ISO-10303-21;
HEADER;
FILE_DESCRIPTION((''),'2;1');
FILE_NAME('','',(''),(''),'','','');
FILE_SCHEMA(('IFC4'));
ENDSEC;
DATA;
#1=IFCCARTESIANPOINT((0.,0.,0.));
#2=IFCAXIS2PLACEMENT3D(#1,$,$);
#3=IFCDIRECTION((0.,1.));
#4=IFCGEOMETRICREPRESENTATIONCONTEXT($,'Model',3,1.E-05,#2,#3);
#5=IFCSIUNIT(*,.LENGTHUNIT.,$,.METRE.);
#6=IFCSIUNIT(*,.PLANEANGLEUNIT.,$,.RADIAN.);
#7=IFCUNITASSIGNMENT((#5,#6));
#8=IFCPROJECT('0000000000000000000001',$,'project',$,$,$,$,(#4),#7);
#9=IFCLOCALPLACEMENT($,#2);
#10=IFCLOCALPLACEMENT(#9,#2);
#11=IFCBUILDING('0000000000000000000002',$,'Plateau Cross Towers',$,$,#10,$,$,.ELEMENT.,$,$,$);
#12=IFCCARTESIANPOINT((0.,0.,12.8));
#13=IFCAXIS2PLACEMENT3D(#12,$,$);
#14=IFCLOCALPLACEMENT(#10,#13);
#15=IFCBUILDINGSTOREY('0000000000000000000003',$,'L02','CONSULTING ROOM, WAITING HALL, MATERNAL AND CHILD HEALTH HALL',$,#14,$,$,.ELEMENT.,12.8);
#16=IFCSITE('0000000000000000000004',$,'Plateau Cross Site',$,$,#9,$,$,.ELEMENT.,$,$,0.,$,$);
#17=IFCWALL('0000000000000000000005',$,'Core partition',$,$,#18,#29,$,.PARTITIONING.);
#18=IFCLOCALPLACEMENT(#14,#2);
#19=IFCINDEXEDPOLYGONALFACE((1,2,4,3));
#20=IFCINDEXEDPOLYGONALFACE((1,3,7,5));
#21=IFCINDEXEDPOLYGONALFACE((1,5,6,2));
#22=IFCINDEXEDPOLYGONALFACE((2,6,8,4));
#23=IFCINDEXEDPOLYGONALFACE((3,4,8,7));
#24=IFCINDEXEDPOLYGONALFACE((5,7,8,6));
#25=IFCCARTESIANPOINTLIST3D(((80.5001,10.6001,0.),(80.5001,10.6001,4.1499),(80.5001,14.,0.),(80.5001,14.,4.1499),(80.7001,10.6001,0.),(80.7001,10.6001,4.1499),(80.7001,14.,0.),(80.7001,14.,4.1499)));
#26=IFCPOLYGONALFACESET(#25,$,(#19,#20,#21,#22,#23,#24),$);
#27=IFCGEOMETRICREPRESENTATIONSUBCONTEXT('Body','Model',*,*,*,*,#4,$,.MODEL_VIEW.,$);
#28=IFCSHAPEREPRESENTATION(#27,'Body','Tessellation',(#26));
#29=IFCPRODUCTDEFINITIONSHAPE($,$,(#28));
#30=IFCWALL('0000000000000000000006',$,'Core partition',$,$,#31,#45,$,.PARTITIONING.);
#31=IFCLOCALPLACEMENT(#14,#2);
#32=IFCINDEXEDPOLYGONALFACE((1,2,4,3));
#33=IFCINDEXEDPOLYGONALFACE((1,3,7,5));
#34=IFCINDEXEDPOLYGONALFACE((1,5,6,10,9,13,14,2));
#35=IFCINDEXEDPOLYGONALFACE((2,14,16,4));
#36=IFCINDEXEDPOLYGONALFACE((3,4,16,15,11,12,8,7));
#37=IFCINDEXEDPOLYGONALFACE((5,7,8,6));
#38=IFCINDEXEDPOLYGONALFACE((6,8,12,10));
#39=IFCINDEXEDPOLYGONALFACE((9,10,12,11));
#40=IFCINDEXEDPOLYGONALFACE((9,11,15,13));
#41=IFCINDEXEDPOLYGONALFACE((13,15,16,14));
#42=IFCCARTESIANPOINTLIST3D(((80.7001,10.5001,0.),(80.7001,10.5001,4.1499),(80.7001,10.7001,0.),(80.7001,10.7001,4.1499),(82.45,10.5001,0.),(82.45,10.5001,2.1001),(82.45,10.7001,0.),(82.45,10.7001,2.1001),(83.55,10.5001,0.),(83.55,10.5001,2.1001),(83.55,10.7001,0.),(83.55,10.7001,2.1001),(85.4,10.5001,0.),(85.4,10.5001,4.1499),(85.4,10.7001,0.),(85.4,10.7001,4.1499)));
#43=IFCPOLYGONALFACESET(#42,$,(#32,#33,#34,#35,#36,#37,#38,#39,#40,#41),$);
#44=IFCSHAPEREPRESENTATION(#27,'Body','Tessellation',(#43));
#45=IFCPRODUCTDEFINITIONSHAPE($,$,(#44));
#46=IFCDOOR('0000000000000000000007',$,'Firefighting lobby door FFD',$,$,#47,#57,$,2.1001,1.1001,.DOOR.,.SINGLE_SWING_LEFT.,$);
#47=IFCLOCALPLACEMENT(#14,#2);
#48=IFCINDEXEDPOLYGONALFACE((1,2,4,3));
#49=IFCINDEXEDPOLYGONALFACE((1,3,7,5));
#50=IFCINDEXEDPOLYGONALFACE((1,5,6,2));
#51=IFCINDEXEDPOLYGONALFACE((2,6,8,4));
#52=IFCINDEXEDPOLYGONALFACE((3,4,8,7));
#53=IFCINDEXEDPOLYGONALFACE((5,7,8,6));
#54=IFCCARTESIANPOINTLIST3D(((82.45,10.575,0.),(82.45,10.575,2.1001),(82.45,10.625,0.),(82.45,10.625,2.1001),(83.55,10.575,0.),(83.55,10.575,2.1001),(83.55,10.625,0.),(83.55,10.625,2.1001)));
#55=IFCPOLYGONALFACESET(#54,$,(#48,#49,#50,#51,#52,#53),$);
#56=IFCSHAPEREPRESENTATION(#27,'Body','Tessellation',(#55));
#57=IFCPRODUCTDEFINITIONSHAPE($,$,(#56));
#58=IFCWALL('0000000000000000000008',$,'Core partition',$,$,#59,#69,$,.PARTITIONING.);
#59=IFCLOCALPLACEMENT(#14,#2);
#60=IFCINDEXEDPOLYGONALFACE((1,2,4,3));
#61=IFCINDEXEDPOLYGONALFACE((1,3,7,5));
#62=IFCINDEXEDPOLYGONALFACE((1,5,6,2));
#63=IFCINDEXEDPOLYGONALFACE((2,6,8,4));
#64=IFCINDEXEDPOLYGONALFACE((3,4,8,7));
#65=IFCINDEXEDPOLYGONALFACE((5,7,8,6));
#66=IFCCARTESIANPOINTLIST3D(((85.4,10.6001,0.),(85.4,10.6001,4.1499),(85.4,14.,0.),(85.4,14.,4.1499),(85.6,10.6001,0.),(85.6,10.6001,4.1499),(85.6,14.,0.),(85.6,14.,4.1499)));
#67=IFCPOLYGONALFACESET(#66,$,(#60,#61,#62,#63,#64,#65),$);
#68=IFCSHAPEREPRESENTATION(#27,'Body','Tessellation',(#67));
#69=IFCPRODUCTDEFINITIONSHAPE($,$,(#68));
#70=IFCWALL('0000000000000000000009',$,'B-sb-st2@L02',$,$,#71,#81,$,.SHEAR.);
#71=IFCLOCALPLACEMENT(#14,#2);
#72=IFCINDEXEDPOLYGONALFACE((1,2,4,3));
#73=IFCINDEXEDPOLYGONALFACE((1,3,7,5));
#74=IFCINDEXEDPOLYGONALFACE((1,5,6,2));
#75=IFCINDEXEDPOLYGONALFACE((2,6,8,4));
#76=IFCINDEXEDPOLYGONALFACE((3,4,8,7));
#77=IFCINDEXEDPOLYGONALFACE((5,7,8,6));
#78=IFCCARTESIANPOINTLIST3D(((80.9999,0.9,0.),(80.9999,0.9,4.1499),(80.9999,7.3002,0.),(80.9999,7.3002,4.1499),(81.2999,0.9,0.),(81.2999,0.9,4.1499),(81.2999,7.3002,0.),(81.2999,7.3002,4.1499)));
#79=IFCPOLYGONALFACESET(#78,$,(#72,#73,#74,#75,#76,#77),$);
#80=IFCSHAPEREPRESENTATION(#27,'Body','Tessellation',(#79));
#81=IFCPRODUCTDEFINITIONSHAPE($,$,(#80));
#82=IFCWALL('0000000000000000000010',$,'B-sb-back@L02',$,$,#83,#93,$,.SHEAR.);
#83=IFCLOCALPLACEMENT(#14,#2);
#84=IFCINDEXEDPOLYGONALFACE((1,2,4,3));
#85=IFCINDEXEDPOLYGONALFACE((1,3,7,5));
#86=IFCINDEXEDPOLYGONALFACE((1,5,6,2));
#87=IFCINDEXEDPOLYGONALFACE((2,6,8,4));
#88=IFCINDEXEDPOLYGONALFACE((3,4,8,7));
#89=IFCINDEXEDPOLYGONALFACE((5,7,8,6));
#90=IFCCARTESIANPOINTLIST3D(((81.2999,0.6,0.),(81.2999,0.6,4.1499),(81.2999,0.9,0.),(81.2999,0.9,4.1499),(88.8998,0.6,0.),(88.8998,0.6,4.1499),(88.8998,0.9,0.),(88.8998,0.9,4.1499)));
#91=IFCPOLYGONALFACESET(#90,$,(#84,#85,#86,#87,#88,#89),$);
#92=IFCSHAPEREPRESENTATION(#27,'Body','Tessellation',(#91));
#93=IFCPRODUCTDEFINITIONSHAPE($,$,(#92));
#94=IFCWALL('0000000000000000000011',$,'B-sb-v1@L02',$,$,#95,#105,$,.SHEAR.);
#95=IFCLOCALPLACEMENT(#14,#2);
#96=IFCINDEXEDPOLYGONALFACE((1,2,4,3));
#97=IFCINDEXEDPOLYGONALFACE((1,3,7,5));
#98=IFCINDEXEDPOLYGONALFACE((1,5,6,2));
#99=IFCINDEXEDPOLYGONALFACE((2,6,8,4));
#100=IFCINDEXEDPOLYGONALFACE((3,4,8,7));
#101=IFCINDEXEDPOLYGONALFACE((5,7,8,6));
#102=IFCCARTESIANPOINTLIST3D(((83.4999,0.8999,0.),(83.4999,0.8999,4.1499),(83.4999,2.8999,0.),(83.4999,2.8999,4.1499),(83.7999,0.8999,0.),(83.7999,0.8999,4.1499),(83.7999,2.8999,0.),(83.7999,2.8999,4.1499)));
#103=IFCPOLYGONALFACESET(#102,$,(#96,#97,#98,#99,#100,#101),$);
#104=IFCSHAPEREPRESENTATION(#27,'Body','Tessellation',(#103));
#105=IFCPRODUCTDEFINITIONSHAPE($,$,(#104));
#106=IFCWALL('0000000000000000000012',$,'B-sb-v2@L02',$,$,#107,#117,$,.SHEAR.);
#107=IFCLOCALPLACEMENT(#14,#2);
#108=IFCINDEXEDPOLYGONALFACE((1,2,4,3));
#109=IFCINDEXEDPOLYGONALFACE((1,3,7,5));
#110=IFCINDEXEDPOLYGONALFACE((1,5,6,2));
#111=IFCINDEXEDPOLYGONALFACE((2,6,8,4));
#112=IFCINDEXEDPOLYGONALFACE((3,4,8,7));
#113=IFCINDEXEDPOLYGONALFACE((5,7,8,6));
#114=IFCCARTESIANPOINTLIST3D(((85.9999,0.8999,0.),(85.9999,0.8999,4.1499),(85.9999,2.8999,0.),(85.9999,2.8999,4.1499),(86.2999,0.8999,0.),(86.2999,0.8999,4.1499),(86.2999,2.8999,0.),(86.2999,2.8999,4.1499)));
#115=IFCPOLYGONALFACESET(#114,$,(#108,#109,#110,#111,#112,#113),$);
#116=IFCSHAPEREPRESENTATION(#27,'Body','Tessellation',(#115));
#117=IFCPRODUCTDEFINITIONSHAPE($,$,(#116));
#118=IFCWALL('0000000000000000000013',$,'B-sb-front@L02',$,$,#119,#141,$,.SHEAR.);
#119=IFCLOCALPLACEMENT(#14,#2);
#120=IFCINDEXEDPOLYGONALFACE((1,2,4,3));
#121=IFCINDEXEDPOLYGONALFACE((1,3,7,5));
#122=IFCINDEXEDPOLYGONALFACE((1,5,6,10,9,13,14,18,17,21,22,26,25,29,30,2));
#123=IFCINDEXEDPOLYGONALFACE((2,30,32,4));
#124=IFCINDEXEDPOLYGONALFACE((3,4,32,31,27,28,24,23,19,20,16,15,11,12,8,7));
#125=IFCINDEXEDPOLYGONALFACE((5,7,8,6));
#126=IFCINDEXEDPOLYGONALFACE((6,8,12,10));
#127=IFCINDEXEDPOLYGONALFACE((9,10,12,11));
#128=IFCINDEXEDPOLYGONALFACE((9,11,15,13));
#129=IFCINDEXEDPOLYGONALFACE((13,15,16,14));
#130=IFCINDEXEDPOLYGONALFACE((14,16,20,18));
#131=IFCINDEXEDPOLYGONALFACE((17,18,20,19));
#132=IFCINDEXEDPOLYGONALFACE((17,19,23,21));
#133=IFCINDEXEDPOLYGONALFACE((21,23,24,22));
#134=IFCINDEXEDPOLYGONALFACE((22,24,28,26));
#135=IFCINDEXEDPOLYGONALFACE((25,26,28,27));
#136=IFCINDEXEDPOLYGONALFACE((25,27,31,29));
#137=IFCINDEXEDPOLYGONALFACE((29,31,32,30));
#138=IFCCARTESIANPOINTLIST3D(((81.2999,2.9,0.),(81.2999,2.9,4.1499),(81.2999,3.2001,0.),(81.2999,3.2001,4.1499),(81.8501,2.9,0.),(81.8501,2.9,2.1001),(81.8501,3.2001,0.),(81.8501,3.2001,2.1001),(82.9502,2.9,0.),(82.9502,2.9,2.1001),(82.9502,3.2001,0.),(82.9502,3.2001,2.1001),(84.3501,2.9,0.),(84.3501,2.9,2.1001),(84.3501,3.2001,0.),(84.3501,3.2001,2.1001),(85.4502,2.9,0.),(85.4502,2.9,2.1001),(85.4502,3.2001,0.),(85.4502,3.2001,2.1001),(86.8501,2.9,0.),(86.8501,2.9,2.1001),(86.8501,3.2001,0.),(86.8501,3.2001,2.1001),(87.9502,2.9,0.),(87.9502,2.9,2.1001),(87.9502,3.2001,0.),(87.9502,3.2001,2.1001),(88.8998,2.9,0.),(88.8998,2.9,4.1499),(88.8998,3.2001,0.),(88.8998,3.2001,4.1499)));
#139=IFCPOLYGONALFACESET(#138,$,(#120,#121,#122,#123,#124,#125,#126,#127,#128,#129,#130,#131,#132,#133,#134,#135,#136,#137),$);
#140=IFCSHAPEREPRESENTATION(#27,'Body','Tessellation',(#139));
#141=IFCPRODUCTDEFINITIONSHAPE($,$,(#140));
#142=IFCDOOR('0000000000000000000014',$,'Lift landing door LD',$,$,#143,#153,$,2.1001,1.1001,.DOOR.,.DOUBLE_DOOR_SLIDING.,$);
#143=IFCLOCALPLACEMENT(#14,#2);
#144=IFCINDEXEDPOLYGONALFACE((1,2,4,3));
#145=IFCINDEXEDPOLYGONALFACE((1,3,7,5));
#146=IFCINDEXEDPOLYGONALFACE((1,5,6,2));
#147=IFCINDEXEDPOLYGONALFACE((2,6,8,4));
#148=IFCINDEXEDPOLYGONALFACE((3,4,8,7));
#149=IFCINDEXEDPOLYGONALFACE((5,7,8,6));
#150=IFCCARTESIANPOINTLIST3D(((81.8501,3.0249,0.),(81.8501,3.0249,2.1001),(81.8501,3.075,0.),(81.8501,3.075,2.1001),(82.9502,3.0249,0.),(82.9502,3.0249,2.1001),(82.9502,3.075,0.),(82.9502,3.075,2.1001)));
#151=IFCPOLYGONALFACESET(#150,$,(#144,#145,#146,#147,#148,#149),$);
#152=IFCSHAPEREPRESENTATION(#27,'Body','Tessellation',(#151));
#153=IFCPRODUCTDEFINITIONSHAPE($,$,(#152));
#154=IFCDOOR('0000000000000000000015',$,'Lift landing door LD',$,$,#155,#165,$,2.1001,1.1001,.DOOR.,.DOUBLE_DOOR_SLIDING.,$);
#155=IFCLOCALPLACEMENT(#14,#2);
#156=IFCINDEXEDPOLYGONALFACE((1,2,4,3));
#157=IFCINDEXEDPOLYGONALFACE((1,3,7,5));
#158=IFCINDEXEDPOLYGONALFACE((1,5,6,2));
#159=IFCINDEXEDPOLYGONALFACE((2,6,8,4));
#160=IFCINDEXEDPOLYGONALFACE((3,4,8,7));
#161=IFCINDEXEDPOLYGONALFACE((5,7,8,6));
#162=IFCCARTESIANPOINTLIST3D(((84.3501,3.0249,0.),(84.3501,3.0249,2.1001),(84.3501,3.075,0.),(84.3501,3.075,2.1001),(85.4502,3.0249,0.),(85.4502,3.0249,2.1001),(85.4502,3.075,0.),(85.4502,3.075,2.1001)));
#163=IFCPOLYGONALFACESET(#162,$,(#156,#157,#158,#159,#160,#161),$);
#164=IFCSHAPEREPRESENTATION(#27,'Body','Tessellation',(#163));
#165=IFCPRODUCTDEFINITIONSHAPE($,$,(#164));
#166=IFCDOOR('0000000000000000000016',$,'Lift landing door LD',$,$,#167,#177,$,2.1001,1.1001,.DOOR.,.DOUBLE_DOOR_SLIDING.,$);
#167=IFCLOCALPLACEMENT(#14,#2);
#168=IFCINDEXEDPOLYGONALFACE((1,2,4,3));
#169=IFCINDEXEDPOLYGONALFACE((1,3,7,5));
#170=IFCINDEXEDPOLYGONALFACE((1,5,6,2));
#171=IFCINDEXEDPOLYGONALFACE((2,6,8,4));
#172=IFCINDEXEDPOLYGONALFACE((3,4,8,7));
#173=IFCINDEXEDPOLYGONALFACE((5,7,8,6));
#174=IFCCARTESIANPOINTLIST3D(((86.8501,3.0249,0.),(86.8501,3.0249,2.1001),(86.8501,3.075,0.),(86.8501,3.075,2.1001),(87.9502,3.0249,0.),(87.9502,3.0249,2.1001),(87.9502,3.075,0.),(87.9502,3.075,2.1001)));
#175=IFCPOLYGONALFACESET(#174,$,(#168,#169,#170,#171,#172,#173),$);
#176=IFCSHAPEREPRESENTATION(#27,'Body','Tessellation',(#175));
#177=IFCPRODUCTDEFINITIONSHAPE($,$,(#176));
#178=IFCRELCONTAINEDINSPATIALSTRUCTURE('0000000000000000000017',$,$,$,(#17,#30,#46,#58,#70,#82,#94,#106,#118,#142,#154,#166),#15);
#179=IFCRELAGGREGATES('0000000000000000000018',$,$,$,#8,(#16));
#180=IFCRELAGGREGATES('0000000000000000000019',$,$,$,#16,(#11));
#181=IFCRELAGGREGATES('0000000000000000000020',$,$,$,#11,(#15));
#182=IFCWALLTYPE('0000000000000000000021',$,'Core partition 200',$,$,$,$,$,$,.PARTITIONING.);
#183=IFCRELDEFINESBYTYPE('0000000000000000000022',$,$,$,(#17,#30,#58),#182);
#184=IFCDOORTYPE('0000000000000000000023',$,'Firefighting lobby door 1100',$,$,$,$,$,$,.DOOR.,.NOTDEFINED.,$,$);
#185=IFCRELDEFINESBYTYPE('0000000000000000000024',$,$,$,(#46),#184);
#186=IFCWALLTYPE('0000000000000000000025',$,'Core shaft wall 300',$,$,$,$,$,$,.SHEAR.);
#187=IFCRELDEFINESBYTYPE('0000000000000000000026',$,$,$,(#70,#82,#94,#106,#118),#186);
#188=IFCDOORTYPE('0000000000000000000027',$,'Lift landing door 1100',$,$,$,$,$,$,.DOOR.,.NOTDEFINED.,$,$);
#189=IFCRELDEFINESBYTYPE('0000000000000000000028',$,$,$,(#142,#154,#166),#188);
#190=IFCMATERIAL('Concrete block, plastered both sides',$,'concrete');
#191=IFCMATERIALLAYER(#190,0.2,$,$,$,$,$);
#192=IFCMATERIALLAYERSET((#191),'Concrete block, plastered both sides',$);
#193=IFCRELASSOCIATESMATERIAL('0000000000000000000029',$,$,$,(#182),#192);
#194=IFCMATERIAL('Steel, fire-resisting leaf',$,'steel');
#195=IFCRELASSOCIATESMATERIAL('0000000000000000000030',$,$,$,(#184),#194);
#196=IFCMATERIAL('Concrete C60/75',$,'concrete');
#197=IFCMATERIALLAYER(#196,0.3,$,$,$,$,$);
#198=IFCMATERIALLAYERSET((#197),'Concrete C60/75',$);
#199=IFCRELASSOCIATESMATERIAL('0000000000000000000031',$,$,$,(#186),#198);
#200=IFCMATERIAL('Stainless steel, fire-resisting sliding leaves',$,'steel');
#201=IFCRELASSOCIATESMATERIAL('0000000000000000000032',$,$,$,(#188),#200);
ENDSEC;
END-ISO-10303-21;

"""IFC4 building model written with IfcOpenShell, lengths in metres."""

from ifc_helpers import new_model, si_unit, direction, frame, frame_2d, origin, place, context, subcontext, project, spatial, rectangle, extrude, material, layer, layer_set, type_object, element, fill, save


model = new_model("IFC4")

# Units and contexts
model_context = context("Model", 3, precision=1e-05, world=origin(), true_north=direction((0.0, 1.0)))
body_context = subcontext(model_context, "Body", "Model", "MODEL_VIEW")
ifc_project = project(units=[si_unit("LENGTHUNIT", "METRE"), si_unit("PLANEANGLEUNIT", "RADIAN")], contexts=[model_context])

# Site, building, storey
site_placement = place(None, origin())
site = spatial("IfcSite", under=ifc_project, at=site_placement, Name="Plateau Cross Site", CompositionType="ELEMENT", RefElevation=0.0)
building_placement = place(site_placement, origin())
building = spatial("IfcBuilding", under=site, at=building_placement, Name="Plateau Cross Towers", CompositionType="ELEMENT")
storey_placement = place(building_placement, frame((0.0, 0.0, 12.8)))
storey = spatial("IfcBuildingStorey", under=building, at=storey_placement, Name="L02", Description="CONSULTING ROOM, WAITING HALL, MATERNAL AND CHILD HEALTH HALL", CompositionType="ELEMENT", Elevation=12.8)

# Wall
ifc_material_1 = material(Name="Concrete block, plastered both sides", Category="concrete")
ifc_layer_1 = layer(ifc_material_1, 0.2)
ifc_layer_set_1 = layer_set([ifc_layer_1], Name="Concrete block, plastered both sides")
wall_type_1 = type_object("IfcWallType", Name="Core partition 200", PredefinedType="PARTITIONING", material=ifc_layer_set_1)
wall_1_placement = place(storey_placement, frame((80.6001, 10.6001, 0.0), z_axis=(0.0, 0.0, 1.0), x_axis=(0.0, 1.0, 0.0)))
element("IfcWall", 1, at=wall_1_placement, inside=storey, type_object=wall_type_1, Name="Core partition", PredefinedType="PARTITIONING", context=body_context, shape_type="SweptSolid", body=[
    extrude(rectangle(XDim=3.3999, YDim=0.2, at=frame_2d((1.7, 0.0))), origin(), (0.0, 0.0, 1.0), 4.1499),
])

# Wall, opening, door
wall_2_placement = place(storey_placement, frame((80.7, 10.6001, 0.0), z_axis=(0.0, 0.0, 1.0), x_axis=(1.0, 0.0, 0.0)))
wall_2 = element("IfcWall", 2, at=wall_2_placement, inside=storey, type_object=wall_type_1, Name="Core partition", PredefinedType="PARTITIONING", context=body_context, shape_type="SweptSolid", body=[
    extrude(rectangle(XDim=4.7, YDim=0.2, at=frame_2d((2.3501, 0.0))), origin(), (0.0, 0.0, 1.0), 4.1499),
])
opening_1_placement = place(wall_2_placement, frame((1.75, 0.0, 0.0)))
opening_1 = element("IfcOpeningElement", 3, at=opening_1_placement, cuts=wall_2, PredefinedType="OPENING", context=body_context, shape_type="SweptSolid", body=[
    extrude(rectangle(XDim=1.1001, YDim=2.1001, at=frame_2d((0.55, 1.05))), frame((0.0, 0.1099, 0.0), z_axis=(0.0, -1.0, 0.0), x_axis=(1.0, 0.0, 0.0)), (0.0, 0.0, 1.0), 0.22),
])
ifc_material_2 = material(Name="Steel, fire-resisting leaf", Category="steel")
door_type_1 = type_object("IfcDoorType", Name="Firefighting lobby door 1100", OperationType="NOTDEFINED", PredefinedType="DOOR", material=ifc_material_2)
door_1_placement = place(opening_1_placement, origin())
door_1 = element("IfcDoor", 4, at=door_1_placement, inside=storey, type_object=door_type_1, Name="Firefighting lobby door FFD", OperationType="SINGLE_SWING_LEFT", OverallHeight=2.1001, OverallWidth=1.1001, PredefinedType="DOOR", context=body_context, shape_type="SweptSolid", body=[
    extrude(rectangle(XDim=1.1001, YDim=2.1001, at=frame_2d((0.55, 1.05))), frame((0.0, 0.0249, 0.0), z_axis=(0.0, -1.0, 0.0), x_axis=(1.0, 0.0, 0.0)), (0.0, 0.0, 1.0), 0.05),
])
fill(opening_1, door_1)

# Walls
wall_3_placement = place(storey_placement, frame((85.5, 10.6001, 0.0), z_axis=(0.0, 0.0, 1.0), x_axis=(0.0, 1.0, 0.0)))
element("IfcWall", 5, at=wall_3_placement, inside=storey, type_object=wall_type_1, Name="Core partition", PredefinedType="PARTITIONING", context=body_context, shape_type="SweptSolid", body=[
    extrude(rectangle(XDim=3.3999, YDim=0.2, at=frame_2d((1.7, 0.0))), origin(), (0.0, 0.0, 1.0), 4.1499),
])
ifc_material_3 = material(Name="Concrete C60/75", Category="concrete")
ifc_layer_2 = layer(ifc_material_3, 0.3)
ifc_layer_set_2 = layer_set([ifc_layer_2], Name="Concrete C60/75")
wall_type_2 = type_object("IfcWallType", Name="Core shaft wall 300", PredefinedType="SHEAR", material=ifc_layer_set_2)
wall_4_placement = place(storey_placement, frame((81.1499, 0.8999, 0.0), z_axis=(0.0, 0.0, 1.0), x_axis=(0.0, 1.0, 0.0)))
element("IfcWall", 6, at=wall_4_placement, inside=storey, type_object=wall_type_2, Name="B-sb-st2@L02", PredefinedType="SHEAR", context=body_context, shape_type="SweptSolid", body=[
    extrude(rectangle(XDim=6.4001, YDim=0.3, at=frame_2d((3.2002, 0.0))), origin(), (0.0, 0.0, 1.0), 4.1499),
])
wall_5_placement = place(storey_placement, frame((81.3, 0.75, 0.0), z_axis=(0.0, 0.0, 1.0), x_axis=(1.0, 0.0, 0.0)))
element("IfcWall", 7, at=wall_5_placement, inside=storey, type_object=wall_type_2, Name="B-sb-back@L02", PredefinedType="SHEAR", context=body_context, shape_type="SweptSolid", body=[
    extrude(rectangle(XDim=7.5999, YDim=0.3, at=frame_2d((3.7998, 0.0))), origin(), (0.0, 0.0, 1.0), 4.1499),
])
for number, where, z_axis, x_axis, name in (
    (8, (83.6499, 0.8999, 0.0), (0.0, 0.0, 1.0), (0.0, 1.0, 0.0), "B-sb-v1@L02"),
    (9, (86.1499, 0.8999, 0.0), (0.0, 0.0, 1.0), (0.0, 1.0, 0.0), "B-sb-v2@L02"),
):
    element("IfcWall", number, at=place(storey_placement, frame(where, z_axis=z_axis, x_axis=x_axis)), inside=storey, type_object=wall_type_2, Name=name, PredefinedType="SHEAR", context=body_context, shape_type="SweptSolid", body=[
        extrude(rectangle(XDim=2.0, YDim=0.3, at=frame_2d((1.0, 0.0))), origin(), (0.0, 0.0, 1.0), 4.1499),
    ])

# Wall, openings, doors
wall_6_placement = place(storey_placement, frame((81.3, 3.05, 0.0), z_axis=(0.0, 0.0, 1.0), x_axis=(1.0, 0.0, 0.0)))
wall_6 = element("IfcWall", 10, at=wall_6_placement, inside=storey, type_object=wall_type_2, Name="B-sb-front@L02", PredefinedType="SHEAR", context=body_context, shape_type="SweptSolid", body=[
    extrude(rectangle(XDim=7.5999, YDim=0.3, at=frame_2d((3.7998, 0.0))), origin(), (0.0, 0.0, 1.0), 4.1499),
])
opening_2_placement = place(wall_6_placement, frame((0.55, 0.0, 0.0)))
opening_2 = element("IfcOpeningElement", 11, at=opening_2_placement, cuts=wall_6, PredefinedType="OPENING", context=body_context, shape_type="SweptSolid", body=[
    extrude(rectangle(XDim=1.1001, YDim=2.1001, at=frame_2d((0.55, 1.05))), frame((0.0, 0.1599, 0.0), z_axis=(0.0, -1.0, 0.0), x_axis=(1.0, 0.0, 0.0)), (0.0, 0.0, 1.0), 0.3201),
])
opening_3_placement = place(wall_6_placement, frame((3.05, 0.0, 0.0)))
opening_3 = element("IfcOpeningElement", 12, at=opening_3_placement, cuts=wall_6, PredefinedType="OPENING", context=body_context, shape_type="SweptSolid", body=[
    extrude(rectangle(XDim=1.1001, YDim=2.1001, at=frame_2d((0.55, 1.05))), frame((0.0, 0.1599, 0.0), z_axis=(0.0, -1.0, 0.0), x_axis=(1.0, 0.0, 0.0)), (0.0, 0.0, 1.0), 0.3201),
])
opening_4_placement = place(wall_6_placement, frame((5.55, 0.0, 0.0)))
opening_4 = element("IfcOpeningElement", 13, at=opening_4_placement, cuts=wall_6, PredefinedType="OPENING", context=body_context, shape_type="SweptSolid", body=[
    extrude(rectangle(XDim=1.1001, YDim=2.1001, at=frame_2d((0.55, 1.05))), frame((0.0, 0.1599, 0.0), z_axis=(0.0, -1.0, 0.0), x_axis=(1.0, 0.0, 0.0)), (0.0, 0.0, 1.0), 0.3201),
])
ifc_material_4 = material(Name="Stainless steel, fire-resisting sliding leaves", Category="steel")
door_type_2 = type_object("IfcDoorType", Name="Lift landing door 1100", OperationType="NOTDEFINED", PredefinedType="DOOR", material=ifc_material_4)
door_2_placement = place(opening_2_placement, origin())
door_2 = element("IfcDoor", 14, at=door_2_placement, inside=storey, type_object=door_type_2, Name="Lift landing door LD", OperationType="DOUBLE_DOOR_SLIDING", OverallHeight=2.1001, OverallWidth=1.1001, PredefinedType="DOOR", context=body_context, shape_type="SweptSolid", body=[
    extrude(rectangle(XDim=1.1001, YDim=2.1001, at=frame_2d((0.55, 1.05))), frame((0.0, 0.0249, 0.0), z_axis=(0.0, -1.0, 0.0), x_axis=(1.0, 0.0, 0.0)), (0.0, 0.0, 1.0), 0.05),
])
fill(opening_2, door_2)
door_3_placement = place(opening_3_placement, origin())
door_3 = element("IfcDoor", 15, at=door_3_placement, inside=storey, type_object=door_type_2, Name="Lift landing door LD", OperationType="DOUBLE_DOOR_SLIDING", OverallHeight=2.1001, OverallWidth=1.1001, PredefinedType="DOOR", context=body_context, shape_type="SweptSolid", body=[
    extrude(rectangle(XDim=1.1001, YDim=2.1001, at=frame_2d((0.55, 1.05))), frame((0.0, 0.0249, 0.0), z_axis=(0.0, -1.0, 0.0), x_axis=(1.0, 0.0, 0.0)), (0.0, 0.0, 1.0), 0.05),
])
fill(opening_3, door_3)
door_4_placement = place(opening_4_placement, origin())
door_4 = element("IfcDoor", 16, at=door_4_placement, inside=storey, type_object=door_type_2, Name="Lift landing door LD", OperationType="DOUBLE_DOOR_SLIDING", OverallHeight=2.1001, OverallWidth=1.1001, PredefinedType="DOOR", context=body_context, shape_type="SweptSolid", body=[
    extrude(rectangle(XDim=1.1001, YDim=2.1001, at=frame_2d((0.55, 1.05))), frame((0.0, 0.0249, 0.0), z_axis=(0.0, -1.0, 0.0), x_axis=(1.0, 0.0, 0.0)), (0.0, 0.0, 1.0), 0.05),
])
fill(opening_4, door_4)

save(model, "model.ifc")
